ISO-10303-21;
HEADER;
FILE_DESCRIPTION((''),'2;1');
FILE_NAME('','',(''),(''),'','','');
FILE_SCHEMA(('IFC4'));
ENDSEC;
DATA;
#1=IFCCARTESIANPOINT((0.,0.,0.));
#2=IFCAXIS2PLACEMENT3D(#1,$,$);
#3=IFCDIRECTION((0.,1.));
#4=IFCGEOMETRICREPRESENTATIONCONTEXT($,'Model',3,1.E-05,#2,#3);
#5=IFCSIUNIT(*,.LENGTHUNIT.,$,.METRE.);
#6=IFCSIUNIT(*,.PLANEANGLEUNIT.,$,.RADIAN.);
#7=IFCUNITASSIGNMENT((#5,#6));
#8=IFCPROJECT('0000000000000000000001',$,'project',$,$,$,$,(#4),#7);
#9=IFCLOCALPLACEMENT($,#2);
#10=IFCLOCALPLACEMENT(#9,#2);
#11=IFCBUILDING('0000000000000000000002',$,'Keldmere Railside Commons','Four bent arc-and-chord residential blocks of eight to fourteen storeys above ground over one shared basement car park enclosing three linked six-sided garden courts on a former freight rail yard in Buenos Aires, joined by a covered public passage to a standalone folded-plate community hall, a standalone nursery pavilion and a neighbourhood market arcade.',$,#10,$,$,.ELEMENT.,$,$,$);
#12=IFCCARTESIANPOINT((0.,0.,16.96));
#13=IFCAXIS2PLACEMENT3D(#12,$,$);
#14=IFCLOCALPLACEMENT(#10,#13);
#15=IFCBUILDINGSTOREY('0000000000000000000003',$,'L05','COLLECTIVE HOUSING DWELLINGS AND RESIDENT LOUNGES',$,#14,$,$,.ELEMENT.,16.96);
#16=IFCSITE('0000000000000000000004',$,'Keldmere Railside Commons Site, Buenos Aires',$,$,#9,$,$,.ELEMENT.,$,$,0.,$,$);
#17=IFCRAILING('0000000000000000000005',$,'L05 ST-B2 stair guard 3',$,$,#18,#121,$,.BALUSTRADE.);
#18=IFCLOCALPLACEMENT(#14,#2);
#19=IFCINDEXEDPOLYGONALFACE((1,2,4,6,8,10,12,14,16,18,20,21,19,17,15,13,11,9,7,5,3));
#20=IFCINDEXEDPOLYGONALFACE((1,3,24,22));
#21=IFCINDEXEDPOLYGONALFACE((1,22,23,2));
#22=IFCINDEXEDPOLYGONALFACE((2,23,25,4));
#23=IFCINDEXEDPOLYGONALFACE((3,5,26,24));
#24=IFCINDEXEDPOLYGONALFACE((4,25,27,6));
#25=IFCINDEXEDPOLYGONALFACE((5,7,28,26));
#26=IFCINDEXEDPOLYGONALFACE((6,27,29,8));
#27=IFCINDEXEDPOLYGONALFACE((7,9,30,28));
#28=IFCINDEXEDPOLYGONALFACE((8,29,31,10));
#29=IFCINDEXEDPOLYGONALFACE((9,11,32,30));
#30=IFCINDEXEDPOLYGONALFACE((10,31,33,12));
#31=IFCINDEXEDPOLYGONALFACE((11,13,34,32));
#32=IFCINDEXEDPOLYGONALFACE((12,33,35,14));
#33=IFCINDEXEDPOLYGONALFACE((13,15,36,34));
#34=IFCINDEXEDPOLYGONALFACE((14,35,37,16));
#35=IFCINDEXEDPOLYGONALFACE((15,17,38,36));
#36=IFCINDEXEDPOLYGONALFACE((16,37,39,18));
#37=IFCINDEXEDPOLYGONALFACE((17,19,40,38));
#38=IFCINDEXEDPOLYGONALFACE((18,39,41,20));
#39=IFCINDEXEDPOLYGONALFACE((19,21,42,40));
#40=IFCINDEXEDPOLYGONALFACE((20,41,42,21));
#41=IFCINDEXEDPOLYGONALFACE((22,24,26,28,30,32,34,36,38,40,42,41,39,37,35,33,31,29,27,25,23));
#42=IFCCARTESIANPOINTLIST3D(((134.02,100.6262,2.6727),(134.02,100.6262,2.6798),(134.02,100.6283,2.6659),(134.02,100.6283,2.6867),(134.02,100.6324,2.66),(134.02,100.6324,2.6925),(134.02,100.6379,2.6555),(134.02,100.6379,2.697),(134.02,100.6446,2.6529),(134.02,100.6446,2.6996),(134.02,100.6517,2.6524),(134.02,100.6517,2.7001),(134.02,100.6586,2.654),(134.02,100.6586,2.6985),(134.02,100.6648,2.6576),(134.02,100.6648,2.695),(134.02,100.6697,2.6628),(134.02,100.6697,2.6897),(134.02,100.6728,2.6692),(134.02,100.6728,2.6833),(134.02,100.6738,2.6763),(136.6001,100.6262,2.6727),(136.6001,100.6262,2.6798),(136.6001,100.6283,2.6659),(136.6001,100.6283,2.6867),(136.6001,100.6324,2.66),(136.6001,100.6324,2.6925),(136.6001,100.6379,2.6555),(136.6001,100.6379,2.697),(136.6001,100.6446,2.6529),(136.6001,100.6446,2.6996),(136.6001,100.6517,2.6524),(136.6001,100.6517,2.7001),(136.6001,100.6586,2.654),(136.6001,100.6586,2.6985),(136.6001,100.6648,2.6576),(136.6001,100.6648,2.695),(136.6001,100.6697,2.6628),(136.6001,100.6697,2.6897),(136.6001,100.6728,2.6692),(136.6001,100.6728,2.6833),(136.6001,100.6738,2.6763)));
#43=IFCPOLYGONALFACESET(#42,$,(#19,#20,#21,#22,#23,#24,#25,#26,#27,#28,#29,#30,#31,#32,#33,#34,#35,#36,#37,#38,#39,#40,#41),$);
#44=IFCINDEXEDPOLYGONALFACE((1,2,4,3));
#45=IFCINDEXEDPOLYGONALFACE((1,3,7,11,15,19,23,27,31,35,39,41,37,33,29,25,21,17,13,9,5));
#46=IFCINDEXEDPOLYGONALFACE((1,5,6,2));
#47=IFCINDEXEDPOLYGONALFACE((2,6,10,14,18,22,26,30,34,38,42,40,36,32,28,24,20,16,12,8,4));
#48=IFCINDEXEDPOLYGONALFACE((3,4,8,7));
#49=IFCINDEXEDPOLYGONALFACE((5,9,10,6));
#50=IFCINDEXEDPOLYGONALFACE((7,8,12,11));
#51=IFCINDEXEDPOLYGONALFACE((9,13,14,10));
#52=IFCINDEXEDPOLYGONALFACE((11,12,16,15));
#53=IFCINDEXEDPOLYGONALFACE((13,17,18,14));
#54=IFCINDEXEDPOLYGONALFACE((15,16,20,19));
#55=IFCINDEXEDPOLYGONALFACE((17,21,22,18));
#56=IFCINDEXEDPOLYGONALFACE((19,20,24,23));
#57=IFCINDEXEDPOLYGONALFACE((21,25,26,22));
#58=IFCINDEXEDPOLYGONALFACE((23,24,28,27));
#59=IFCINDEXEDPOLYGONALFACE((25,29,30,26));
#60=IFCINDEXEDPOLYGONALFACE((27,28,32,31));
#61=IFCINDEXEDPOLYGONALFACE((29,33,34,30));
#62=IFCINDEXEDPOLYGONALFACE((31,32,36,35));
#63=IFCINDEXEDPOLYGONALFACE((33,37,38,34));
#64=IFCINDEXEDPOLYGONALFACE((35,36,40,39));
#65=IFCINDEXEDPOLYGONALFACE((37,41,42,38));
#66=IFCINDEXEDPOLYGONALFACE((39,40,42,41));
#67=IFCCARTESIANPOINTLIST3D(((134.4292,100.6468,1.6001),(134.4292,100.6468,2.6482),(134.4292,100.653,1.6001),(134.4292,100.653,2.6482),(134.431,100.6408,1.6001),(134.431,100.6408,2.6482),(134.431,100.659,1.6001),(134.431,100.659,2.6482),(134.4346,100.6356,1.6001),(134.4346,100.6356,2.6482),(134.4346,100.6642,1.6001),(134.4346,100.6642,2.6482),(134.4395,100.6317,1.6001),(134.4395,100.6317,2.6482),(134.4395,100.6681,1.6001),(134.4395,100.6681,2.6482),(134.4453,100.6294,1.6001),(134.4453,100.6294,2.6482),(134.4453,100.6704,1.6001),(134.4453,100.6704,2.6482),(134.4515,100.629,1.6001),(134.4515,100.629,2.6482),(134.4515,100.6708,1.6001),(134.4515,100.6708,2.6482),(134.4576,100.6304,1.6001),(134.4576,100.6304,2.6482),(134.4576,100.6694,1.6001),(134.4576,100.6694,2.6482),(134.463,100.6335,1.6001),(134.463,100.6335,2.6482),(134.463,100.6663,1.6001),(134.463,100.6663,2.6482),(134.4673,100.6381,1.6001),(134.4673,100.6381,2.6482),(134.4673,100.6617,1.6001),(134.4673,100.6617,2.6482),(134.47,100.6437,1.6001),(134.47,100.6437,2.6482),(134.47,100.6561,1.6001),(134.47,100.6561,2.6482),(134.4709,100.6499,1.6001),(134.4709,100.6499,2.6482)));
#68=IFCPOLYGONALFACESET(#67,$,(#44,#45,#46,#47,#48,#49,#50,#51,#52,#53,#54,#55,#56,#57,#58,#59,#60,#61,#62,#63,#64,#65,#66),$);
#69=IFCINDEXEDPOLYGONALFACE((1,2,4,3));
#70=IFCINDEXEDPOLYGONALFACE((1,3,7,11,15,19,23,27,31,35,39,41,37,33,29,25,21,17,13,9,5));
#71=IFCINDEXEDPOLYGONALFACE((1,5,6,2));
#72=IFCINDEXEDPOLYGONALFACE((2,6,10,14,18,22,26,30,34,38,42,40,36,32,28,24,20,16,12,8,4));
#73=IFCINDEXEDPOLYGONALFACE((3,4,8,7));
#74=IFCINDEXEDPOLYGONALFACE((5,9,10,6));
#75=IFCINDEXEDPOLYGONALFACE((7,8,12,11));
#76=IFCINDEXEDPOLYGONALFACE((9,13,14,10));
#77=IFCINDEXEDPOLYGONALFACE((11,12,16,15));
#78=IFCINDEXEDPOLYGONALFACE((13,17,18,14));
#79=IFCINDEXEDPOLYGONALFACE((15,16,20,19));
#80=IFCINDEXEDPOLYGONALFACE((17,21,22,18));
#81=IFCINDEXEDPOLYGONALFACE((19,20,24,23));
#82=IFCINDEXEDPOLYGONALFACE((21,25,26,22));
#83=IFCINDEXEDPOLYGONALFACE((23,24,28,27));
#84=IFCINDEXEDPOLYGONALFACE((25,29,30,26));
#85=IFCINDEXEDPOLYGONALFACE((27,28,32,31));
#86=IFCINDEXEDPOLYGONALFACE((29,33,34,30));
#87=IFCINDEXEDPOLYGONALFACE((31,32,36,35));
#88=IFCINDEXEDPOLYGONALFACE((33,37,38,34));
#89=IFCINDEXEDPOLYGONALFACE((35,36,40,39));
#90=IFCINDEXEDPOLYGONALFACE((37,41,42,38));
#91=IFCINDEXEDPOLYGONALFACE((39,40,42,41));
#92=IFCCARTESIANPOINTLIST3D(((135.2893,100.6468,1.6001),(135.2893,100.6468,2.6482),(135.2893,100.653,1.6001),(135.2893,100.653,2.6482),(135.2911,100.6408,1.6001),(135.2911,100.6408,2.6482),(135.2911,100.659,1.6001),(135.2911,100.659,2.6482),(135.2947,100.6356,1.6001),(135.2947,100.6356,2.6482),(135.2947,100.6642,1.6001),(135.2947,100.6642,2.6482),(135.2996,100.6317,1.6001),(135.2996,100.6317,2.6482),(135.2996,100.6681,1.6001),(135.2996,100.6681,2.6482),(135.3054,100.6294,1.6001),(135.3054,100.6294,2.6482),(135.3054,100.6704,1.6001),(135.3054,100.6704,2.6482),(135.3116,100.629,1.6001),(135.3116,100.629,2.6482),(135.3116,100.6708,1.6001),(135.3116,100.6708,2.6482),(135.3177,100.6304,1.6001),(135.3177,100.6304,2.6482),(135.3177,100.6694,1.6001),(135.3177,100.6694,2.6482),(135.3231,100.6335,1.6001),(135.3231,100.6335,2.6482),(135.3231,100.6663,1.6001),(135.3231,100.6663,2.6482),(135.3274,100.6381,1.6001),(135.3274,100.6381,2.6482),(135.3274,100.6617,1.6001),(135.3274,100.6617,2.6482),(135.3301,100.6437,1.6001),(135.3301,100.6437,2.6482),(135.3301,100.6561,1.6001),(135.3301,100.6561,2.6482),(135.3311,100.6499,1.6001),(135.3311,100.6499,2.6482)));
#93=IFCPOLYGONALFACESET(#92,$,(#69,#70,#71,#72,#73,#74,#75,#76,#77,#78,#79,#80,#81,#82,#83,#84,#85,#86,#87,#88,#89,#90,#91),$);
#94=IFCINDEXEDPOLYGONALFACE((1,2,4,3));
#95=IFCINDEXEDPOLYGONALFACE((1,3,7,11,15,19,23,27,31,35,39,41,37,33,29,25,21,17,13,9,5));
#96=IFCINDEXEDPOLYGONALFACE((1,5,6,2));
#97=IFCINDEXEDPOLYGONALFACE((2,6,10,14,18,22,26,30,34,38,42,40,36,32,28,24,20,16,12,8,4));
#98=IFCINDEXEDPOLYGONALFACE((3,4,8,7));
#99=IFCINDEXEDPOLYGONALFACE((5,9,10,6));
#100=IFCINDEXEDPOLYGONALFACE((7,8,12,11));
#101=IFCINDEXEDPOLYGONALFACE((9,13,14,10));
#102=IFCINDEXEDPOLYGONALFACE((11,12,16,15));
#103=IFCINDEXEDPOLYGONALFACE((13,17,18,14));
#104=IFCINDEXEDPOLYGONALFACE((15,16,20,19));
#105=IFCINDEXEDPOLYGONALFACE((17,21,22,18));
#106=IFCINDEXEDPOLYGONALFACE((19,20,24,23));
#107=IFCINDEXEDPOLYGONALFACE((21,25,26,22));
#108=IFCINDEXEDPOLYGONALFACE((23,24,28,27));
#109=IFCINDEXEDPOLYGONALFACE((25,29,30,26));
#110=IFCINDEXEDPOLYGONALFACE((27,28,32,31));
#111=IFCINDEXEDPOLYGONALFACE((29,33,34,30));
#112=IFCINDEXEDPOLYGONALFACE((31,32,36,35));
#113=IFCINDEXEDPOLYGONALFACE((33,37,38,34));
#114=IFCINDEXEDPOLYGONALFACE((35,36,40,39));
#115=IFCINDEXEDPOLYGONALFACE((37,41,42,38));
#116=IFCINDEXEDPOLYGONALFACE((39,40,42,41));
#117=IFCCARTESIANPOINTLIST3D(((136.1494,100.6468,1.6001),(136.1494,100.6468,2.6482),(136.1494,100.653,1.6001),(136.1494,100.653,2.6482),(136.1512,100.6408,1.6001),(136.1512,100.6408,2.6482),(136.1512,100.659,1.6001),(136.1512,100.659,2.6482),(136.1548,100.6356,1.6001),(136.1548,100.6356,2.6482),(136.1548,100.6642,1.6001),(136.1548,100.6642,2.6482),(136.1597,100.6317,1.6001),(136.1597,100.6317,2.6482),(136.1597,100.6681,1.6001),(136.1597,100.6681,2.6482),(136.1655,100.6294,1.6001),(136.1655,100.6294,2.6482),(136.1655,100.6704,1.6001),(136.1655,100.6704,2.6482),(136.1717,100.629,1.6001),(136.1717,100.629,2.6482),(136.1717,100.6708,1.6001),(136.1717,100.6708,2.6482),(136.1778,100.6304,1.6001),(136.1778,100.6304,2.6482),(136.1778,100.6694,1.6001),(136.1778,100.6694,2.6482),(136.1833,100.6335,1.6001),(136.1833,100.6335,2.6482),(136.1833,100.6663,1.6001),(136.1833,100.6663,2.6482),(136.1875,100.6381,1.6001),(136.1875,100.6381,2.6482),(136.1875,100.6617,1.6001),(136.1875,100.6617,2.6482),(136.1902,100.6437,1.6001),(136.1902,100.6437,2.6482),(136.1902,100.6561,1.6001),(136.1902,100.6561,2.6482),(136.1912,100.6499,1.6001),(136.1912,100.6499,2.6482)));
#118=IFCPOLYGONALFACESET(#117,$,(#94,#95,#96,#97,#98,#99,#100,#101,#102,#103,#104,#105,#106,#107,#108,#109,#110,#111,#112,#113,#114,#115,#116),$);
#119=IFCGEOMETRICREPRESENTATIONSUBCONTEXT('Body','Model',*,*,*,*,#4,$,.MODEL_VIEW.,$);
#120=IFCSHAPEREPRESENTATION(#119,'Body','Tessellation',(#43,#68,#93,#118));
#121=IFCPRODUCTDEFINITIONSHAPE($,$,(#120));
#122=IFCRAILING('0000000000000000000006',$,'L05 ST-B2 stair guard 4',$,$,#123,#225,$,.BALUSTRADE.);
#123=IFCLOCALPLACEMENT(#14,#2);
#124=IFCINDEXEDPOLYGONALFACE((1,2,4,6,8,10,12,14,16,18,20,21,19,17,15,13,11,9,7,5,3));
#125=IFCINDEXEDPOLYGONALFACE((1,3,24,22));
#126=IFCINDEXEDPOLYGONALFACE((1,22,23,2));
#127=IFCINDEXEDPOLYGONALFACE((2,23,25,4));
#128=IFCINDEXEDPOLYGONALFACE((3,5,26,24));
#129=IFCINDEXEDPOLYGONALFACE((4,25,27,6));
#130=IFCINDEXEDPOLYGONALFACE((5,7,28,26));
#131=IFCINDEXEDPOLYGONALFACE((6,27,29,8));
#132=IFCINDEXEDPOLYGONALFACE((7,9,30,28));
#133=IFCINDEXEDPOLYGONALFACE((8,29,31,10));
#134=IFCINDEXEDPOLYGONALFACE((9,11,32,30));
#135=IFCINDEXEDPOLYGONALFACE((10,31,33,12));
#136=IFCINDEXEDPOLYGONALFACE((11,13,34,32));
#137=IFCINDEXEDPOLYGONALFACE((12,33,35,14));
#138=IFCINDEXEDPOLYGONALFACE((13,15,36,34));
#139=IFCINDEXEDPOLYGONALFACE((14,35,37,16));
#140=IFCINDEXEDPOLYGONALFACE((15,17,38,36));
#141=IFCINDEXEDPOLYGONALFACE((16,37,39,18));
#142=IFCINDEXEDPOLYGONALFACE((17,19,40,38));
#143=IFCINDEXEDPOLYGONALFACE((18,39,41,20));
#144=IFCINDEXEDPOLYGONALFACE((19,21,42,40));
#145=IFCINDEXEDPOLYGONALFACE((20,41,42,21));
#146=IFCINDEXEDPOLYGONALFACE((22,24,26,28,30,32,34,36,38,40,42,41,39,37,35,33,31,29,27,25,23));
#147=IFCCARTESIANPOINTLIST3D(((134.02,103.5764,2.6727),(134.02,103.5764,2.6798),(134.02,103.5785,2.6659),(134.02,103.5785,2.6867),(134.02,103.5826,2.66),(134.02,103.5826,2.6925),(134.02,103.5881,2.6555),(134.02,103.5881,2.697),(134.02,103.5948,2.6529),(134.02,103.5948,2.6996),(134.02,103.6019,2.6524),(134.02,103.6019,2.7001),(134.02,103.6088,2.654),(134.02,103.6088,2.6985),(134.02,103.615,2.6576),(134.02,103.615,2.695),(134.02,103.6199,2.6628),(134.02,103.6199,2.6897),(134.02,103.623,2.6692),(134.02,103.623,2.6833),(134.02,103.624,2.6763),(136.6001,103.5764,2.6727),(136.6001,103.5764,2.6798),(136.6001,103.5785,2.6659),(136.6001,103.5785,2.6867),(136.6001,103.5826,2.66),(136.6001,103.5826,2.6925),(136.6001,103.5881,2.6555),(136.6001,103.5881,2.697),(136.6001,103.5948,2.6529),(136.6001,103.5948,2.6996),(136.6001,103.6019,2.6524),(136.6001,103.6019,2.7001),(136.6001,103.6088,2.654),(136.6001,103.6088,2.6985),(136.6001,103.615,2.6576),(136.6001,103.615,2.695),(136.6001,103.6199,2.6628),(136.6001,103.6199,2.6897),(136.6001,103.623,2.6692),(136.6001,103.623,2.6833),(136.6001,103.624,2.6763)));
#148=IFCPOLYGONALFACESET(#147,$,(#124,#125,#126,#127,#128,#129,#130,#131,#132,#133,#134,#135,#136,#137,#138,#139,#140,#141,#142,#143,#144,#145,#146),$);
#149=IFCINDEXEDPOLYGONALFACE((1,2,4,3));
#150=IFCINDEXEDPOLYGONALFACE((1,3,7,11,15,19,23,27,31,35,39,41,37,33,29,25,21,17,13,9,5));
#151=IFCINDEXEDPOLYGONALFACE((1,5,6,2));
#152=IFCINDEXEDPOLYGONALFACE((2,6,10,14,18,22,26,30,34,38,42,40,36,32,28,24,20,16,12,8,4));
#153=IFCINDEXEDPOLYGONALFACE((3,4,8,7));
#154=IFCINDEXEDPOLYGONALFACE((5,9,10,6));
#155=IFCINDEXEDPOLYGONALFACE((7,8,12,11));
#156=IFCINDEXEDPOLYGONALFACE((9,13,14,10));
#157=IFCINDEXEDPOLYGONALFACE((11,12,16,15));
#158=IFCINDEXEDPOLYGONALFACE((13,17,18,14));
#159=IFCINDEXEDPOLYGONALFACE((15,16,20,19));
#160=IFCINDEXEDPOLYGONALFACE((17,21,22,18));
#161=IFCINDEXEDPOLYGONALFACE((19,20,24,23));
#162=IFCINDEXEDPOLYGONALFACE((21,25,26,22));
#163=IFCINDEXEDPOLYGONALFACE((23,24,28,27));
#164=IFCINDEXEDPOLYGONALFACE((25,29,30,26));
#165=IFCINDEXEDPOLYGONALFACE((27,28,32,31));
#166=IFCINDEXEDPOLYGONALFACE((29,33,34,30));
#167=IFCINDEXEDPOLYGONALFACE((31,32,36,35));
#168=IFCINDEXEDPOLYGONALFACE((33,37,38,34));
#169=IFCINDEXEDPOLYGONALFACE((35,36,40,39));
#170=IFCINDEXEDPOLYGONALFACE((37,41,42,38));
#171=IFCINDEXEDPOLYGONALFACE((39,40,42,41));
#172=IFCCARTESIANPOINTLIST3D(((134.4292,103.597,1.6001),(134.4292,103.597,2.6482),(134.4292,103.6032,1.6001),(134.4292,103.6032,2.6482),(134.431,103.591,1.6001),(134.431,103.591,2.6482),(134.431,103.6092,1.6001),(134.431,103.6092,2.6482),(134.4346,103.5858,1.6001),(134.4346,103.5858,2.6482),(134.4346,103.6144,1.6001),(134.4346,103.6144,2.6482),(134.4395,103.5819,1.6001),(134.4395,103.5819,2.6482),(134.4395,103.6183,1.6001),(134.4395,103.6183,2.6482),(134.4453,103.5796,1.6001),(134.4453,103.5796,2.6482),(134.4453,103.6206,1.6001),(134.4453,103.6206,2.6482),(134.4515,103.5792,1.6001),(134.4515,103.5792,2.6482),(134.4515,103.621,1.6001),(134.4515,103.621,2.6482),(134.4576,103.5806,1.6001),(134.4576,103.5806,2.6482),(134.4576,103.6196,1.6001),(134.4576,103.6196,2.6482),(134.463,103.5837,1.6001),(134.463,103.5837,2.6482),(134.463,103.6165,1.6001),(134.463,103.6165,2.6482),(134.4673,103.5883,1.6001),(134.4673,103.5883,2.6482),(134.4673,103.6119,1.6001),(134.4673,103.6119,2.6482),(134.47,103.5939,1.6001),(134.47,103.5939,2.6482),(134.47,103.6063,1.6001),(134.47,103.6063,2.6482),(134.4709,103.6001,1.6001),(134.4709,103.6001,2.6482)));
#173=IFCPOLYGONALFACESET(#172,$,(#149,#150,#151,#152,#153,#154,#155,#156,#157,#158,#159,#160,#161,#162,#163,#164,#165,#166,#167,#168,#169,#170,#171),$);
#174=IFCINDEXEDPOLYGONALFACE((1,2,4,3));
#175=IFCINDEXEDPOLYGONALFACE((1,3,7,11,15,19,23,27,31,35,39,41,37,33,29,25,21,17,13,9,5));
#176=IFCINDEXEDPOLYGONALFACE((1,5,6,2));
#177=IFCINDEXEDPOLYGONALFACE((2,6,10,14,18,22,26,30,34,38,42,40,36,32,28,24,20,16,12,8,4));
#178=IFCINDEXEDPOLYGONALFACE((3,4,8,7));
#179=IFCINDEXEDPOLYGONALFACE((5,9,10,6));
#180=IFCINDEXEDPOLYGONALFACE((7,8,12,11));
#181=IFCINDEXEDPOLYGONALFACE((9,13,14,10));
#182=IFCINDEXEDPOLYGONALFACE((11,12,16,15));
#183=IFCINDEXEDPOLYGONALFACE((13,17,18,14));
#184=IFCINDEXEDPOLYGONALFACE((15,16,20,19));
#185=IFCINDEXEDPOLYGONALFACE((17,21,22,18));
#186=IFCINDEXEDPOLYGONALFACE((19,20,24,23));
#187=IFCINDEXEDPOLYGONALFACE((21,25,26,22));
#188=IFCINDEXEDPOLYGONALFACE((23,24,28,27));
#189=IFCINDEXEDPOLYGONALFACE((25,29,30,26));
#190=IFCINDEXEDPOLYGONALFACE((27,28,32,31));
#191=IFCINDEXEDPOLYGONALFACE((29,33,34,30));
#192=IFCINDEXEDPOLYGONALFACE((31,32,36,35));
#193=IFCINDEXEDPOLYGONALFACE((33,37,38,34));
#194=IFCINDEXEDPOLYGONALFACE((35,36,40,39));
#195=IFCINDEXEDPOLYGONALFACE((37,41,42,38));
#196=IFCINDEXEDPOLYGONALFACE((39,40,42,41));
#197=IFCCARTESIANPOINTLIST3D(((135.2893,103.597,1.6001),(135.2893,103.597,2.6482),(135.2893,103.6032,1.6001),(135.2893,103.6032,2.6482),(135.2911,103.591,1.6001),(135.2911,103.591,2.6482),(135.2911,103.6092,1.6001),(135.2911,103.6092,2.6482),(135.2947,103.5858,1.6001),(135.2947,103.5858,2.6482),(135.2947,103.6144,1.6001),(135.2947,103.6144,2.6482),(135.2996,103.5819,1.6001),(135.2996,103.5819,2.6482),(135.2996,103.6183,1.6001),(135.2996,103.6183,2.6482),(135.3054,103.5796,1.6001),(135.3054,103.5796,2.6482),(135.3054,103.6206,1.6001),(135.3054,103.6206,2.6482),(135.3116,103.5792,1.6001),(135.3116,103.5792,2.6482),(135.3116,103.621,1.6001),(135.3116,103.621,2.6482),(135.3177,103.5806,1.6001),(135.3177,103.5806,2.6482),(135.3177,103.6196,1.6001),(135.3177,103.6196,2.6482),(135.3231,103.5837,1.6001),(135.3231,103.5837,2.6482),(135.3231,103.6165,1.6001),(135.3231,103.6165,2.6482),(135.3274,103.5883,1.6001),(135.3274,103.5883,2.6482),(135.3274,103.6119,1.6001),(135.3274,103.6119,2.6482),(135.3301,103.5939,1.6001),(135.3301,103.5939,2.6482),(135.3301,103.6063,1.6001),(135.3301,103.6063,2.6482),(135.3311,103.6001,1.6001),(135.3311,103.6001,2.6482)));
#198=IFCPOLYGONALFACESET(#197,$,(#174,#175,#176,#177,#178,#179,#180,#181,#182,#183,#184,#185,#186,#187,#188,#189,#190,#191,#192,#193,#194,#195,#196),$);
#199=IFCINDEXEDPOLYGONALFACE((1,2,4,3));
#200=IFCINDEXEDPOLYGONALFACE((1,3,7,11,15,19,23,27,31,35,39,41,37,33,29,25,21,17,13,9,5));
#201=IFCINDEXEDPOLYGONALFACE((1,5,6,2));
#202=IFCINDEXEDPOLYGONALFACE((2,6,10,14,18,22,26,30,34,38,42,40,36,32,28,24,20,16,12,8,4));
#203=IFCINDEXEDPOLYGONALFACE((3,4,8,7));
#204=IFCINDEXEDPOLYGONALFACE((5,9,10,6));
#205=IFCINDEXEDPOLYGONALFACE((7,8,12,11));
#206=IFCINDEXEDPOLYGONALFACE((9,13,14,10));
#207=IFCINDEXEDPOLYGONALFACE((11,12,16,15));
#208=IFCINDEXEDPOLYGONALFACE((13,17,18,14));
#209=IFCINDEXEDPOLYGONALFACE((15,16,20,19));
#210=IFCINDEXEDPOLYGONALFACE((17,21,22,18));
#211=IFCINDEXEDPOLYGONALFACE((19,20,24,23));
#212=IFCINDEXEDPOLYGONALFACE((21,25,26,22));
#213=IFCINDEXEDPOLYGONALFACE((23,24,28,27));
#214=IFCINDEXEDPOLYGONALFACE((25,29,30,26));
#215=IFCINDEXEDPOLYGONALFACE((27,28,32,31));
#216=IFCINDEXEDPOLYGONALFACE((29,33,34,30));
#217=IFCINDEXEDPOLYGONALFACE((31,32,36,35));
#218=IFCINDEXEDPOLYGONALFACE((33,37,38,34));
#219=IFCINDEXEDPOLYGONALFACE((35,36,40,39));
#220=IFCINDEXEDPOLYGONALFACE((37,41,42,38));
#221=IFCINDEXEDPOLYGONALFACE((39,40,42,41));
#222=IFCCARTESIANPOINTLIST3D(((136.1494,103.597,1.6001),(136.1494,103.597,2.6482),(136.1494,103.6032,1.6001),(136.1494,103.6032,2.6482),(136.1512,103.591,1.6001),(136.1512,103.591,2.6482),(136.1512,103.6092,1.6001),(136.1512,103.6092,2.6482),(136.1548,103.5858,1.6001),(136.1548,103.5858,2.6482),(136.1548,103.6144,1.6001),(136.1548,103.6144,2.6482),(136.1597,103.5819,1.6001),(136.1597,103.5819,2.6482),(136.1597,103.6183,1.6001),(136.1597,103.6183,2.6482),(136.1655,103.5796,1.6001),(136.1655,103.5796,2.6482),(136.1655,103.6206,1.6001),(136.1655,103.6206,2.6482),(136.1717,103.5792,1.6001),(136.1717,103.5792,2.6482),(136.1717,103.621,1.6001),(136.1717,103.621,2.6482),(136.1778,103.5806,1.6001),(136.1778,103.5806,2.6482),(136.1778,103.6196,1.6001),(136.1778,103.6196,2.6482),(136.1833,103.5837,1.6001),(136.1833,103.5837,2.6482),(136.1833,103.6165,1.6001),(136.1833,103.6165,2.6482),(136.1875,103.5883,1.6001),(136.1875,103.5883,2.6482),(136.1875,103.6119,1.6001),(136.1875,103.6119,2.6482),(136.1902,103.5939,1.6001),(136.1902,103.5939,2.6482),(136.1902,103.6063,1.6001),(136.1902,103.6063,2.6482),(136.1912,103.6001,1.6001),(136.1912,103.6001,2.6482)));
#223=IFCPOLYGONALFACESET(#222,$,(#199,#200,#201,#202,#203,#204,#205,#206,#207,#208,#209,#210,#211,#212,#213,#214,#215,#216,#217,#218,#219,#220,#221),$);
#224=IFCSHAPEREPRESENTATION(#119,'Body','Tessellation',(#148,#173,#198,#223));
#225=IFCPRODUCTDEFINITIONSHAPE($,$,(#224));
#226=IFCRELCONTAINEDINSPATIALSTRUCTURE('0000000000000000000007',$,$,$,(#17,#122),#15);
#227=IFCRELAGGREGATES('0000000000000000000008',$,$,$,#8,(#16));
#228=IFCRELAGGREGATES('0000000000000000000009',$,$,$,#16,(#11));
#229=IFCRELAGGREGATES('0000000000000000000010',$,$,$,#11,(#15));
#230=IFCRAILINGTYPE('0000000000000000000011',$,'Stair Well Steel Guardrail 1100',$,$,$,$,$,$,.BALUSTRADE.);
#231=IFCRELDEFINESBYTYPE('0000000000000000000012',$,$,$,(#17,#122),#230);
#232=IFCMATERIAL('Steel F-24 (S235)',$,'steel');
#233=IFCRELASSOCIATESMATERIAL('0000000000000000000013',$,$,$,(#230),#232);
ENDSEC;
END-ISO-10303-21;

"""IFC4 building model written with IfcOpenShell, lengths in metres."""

from ifc_helpers import new_model, si_unit, direction, frame, origin, origin_2d, place, context, subcontext, project, spatial, circle, extrude, material, type_object, element, save


model = new_model("IFC4")

# Units and contexts
model_context = context("Model", 3, precision=1e-05, world=origin(), true_north=direction((0.0, 1.0)))
body_context = subcontext(model_context, "Body", "Model", "MODEL_VIEW")
ifc_project = project(units=[si_unit("LENGTHUNIT", "METRE"), si_unit("PLANEANGLEUNIT", "RADIAN")], contexts=[model_context])

# Site, building, storey
site_placement = place(None, origin())
site = spatial("IfcSite", under=ifc_project, at=site_placement, Name="Keldmere Railside Commons Site, Buenos Aires", CompositionType="ELEMENT", RefElevation=0.0)
building_placement = place(site_placement, origin())
building = spatial("IfcBuilding", under=site, at=building_placement, Name="Keldmere Railside Commons", Description="Four bent arc-and-chord residential blocks of eight to fourteen storeys above ground over one shared basement car park enclosing three linked six-sided garden courts on a former freight rail yard in Buenos Aires, joined by a covered public passage to a standalone folded-plate community hall, a standalone nursery pavilion and a neighbourhood market arcade.", CompositionType="ELEMENT")
storey_placement = place(building_placement, frame((0.0, 0.0, 16.96)))
storey = spatial("IfcBuildingStorey", under=building, at=storey_placement, Name="L05", Description="COLLECTIVE HOUSING DWELLINGS AND RESIDENT LOUNGES", CompositionType="ELEMENT", Elevation=16.96)

# Railings
ifc_material_1 = material(Name="Steel F-24 (S235)", Category="steel")
railing_type_1 = type_object("IfcRailingType", Name="Stair Well Steel Guardrail 1100", PredefinedType="BALUSTRADE", material=ifc_material_1)
for number, where, name in (
    (1, (134.02, 100.6499, 1.6001), "L05 ST-B2 stair guard 3"),
    (2, (134.02, 103.6001, 1.6001), "L05 ST-B2 stair guard 4"),
):
    element("IfcRailing", number, at=place(storey_placement, frame(where)), inside=storey, type_object=railing_type_1, Name=name, PredefinedType="BALUSTRADE", context=body_context, shape_type="SweptSolid", body=[
        extrude(circle(Radius=0.0239, at=origin_2d()), frame((0.0, 0.0, 1.0762), z_axis=(1.0, 0.0, 0.0), x_axis=(0.0, 1.0, 0.0)), (0.0, 0.0, 1.0), 2.5801),
        extrude(circle(Radius=0.021, at=origin_2d()), frame((0.4299, 0.0, 0.0)), (0.0, 0.0, 1.0), 1.0481),
        extrude(circle(Radius=0.021, at=origin_2d()), frame((1.29, 0.0, 0.0)), (0.0, 0.0, 1.0), 1.0481),
        extrude(circle(Radius=0.021, at=origin_2d()), frame((2.1501, 0.0, 0.0)), (0.0, 0.0, 1.0), 1.0481),
    ])

save(model, "model.ifc")
